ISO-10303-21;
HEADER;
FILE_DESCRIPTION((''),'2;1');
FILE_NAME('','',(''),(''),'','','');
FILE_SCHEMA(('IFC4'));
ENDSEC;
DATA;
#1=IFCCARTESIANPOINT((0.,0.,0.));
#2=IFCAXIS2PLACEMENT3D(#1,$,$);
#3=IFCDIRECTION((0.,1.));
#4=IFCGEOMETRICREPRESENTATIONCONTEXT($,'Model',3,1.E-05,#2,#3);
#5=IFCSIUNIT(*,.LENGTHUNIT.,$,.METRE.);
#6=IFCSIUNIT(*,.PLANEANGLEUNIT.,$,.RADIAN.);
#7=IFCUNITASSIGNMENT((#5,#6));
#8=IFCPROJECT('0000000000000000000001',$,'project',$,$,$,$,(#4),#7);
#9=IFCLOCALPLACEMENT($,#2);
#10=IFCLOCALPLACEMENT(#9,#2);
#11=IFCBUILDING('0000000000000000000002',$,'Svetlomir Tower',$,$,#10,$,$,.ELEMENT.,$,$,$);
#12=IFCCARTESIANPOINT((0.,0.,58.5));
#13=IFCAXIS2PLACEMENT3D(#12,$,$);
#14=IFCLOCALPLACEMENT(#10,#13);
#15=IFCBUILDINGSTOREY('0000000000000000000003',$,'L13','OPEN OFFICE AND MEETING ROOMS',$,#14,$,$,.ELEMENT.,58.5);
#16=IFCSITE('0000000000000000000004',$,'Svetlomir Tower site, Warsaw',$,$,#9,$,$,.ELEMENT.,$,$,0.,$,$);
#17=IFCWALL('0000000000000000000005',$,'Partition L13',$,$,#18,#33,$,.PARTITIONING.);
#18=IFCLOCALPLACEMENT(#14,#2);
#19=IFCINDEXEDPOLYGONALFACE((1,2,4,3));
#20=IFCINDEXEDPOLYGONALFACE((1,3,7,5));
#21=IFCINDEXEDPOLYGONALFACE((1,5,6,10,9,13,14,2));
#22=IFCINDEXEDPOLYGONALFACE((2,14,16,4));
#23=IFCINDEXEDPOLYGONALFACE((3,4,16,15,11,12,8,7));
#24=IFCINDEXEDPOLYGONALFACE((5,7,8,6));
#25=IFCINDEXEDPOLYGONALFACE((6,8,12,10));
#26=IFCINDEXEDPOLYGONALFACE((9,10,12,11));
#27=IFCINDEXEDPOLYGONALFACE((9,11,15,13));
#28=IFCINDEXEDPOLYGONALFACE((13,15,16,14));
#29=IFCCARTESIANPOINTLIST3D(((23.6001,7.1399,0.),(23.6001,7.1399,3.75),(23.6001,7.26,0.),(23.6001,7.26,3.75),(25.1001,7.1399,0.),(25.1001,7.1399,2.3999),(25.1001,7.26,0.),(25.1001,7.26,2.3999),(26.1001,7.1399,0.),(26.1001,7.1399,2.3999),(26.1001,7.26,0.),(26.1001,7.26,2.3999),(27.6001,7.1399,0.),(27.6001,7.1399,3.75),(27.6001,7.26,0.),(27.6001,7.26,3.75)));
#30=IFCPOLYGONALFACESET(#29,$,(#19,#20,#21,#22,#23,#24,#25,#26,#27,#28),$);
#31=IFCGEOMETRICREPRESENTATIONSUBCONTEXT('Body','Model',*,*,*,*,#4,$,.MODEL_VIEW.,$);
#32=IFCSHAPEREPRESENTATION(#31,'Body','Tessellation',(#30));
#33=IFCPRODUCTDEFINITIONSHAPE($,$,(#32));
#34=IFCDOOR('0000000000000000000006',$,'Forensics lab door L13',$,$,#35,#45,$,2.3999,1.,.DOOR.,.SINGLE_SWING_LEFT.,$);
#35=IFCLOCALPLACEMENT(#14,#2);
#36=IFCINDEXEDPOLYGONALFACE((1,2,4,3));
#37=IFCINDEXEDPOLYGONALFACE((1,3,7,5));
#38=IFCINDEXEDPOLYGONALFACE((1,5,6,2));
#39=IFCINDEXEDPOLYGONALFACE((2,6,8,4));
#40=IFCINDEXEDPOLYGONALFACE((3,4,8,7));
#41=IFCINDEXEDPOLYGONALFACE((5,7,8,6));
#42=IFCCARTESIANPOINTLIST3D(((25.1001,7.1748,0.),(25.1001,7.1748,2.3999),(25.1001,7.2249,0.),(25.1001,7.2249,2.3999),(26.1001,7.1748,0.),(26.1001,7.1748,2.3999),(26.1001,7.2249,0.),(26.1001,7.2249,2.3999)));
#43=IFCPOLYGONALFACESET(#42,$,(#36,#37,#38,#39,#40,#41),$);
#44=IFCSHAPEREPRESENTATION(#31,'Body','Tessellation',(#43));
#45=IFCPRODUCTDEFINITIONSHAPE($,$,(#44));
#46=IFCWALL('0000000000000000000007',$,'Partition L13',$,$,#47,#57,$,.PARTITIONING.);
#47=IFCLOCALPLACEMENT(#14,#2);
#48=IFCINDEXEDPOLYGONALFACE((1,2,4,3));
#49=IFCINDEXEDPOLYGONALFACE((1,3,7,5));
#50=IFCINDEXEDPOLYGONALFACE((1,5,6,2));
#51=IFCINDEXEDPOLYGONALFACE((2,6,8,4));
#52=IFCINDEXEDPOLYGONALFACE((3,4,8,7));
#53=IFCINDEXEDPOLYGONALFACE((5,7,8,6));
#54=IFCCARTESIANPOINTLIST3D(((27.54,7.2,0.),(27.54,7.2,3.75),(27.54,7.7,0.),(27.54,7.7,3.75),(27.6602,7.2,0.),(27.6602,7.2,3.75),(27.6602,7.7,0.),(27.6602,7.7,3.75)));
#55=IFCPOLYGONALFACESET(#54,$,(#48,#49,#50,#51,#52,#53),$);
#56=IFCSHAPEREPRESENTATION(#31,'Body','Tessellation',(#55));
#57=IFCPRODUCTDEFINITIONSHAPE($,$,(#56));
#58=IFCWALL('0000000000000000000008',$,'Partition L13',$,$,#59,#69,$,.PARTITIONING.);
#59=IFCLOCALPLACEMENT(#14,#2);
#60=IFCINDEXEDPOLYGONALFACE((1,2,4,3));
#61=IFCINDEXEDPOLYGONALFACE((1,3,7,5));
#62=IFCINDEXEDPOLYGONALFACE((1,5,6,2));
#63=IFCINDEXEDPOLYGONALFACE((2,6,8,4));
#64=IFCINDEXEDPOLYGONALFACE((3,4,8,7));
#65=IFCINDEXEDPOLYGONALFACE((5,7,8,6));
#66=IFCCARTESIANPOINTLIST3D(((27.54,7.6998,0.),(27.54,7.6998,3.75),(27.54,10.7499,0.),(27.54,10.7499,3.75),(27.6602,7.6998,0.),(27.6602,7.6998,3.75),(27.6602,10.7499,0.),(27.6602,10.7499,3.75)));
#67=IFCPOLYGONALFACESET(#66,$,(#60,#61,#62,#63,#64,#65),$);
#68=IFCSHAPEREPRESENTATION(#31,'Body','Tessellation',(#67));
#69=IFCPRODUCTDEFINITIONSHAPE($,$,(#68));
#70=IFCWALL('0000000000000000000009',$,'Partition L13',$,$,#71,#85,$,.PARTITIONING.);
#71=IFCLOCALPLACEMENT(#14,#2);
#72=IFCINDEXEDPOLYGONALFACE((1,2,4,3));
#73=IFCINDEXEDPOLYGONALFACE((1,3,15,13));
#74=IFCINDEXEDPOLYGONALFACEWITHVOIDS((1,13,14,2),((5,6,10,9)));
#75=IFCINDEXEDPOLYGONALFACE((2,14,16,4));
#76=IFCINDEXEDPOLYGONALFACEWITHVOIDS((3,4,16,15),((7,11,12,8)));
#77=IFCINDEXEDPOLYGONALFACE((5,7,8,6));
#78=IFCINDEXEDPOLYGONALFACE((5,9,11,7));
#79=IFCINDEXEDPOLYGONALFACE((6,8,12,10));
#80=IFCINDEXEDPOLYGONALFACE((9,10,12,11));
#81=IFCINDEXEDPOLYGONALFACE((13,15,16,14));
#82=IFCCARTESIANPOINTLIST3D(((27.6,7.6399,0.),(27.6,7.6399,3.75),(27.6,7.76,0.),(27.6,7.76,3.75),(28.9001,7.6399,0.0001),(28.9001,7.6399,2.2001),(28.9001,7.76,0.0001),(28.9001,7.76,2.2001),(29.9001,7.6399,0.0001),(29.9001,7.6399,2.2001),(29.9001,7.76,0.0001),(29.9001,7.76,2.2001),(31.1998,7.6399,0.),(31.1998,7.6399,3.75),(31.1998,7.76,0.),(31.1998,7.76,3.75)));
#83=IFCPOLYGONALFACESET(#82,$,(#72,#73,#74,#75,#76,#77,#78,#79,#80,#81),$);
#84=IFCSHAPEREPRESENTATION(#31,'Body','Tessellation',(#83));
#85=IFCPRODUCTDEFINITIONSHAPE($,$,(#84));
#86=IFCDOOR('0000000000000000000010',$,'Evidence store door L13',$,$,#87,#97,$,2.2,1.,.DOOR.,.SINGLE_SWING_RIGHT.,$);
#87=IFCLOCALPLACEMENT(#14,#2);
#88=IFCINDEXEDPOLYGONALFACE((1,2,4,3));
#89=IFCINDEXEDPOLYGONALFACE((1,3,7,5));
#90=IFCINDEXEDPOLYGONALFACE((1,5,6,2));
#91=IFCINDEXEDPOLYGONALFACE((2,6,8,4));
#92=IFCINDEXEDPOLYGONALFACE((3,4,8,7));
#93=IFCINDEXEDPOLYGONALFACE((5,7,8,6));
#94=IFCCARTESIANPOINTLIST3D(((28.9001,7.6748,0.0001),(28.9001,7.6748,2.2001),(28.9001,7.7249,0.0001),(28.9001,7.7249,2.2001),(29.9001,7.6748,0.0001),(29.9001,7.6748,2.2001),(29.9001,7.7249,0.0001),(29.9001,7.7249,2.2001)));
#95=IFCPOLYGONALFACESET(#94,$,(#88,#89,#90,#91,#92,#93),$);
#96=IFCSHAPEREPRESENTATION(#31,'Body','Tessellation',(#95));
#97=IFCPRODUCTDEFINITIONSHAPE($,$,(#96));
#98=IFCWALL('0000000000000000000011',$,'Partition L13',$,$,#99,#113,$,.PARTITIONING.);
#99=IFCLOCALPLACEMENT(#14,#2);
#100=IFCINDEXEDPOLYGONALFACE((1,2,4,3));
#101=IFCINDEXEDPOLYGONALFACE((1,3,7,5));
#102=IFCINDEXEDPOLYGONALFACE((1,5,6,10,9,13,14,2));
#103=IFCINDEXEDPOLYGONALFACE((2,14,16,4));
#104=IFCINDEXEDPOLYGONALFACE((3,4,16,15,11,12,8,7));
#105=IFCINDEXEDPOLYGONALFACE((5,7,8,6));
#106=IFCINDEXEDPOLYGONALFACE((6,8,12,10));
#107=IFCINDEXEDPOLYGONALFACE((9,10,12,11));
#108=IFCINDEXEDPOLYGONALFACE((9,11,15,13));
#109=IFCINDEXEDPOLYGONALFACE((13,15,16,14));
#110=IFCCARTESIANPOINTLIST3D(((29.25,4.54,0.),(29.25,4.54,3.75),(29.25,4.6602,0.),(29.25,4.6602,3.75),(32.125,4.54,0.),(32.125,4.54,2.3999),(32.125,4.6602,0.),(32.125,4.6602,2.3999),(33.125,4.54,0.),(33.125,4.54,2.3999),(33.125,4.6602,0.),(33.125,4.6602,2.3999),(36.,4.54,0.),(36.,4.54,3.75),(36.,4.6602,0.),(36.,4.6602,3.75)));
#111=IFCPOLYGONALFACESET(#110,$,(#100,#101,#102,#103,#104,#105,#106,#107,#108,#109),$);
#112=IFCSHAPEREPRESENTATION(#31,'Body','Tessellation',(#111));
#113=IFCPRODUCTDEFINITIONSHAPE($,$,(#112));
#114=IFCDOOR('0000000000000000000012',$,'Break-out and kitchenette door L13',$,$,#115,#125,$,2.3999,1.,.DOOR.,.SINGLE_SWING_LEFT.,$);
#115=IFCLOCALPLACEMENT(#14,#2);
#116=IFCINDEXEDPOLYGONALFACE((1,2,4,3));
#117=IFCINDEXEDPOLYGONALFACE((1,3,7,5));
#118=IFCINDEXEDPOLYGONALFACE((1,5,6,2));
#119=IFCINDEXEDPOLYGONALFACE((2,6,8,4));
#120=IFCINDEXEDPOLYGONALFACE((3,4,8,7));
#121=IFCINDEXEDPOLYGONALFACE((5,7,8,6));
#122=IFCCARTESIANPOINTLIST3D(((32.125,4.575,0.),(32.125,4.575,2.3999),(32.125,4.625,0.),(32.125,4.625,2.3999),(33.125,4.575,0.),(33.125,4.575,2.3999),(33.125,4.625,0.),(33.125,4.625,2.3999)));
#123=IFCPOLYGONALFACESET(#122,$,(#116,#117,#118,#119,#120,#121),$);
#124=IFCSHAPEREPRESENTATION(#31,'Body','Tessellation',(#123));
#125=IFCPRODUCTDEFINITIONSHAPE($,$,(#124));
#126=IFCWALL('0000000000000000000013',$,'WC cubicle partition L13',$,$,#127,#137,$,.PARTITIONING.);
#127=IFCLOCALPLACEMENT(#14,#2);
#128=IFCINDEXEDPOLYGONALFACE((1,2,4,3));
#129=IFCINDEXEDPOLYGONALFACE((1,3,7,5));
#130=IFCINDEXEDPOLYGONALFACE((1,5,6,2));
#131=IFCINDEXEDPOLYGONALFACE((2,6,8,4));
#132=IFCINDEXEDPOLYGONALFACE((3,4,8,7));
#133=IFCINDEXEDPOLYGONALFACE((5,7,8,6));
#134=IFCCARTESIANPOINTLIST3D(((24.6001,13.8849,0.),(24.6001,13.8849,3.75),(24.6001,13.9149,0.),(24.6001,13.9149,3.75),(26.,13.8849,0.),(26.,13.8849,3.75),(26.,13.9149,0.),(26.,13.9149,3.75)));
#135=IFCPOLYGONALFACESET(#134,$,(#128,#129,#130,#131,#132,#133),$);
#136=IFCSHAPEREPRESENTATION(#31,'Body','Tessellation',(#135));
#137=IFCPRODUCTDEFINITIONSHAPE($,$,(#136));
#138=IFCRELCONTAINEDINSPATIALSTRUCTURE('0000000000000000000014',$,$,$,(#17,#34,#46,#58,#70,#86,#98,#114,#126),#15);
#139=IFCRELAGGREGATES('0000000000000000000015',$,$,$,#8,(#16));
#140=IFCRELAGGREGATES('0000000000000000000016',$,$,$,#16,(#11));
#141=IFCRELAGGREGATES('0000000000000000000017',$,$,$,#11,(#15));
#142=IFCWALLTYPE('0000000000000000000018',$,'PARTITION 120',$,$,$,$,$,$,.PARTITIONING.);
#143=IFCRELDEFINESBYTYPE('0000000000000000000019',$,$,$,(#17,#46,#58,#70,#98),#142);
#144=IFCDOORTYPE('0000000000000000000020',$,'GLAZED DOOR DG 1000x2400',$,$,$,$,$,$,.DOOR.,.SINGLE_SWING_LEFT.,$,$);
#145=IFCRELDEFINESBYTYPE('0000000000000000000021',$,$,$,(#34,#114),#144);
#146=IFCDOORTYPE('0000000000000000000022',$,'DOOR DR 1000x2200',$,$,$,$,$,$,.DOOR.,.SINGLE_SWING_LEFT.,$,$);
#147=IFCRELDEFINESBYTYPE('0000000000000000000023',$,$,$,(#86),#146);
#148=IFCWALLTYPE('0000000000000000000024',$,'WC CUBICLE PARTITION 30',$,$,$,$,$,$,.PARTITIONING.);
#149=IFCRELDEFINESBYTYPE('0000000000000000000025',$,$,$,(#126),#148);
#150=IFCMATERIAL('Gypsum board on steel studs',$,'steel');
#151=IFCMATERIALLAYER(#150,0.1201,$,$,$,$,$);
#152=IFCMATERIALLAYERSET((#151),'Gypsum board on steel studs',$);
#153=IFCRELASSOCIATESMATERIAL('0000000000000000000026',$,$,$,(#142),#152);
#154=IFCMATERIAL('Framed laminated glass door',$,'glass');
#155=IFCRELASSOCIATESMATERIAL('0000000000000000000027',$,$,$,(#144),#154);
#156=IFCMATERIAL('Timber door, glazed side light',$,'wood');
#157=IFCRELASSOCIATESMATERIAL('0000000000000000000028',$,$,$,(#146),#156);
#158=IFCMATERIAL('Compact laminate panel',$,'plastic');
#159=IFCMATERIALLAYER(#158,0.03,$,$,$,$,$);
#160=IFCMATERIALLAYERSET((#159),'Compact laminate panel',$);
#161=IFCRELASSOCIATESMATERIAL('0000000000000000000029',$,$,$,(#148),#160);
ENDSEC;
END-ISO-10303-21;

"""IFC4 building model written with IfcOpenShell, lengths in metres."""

from ifc_helpers import new_model, si_unit, direction, frame, frame_2d, origin, place, context, subcontext, project, spatial, rectangle, extrude, material, layer, layer_set, type_object, element, fill, save


model = new_model("IFC4")

# Units and contexts
model_context = context("Model", 3, precision=1e-05, world=origin(), true_north=direction((0.0, 1.0)))
body_context = subcontext(model_context, "Body", "Model", "MODEL_VIEW")
ifc_project = project(units=[si_unit("LENGTHUNIT", "METRE"), si_unit("PLANEANGLEUNIT", "RADIAN")], contexts=[model_context])

# Site, building, storey
site_placement = place(None, origin())
site = spatial("IfcSite", under=ifc_project, at=site_placement, Name="Svetlomir Tower site, Warsaw", CompositionType="ELEMENT", RefElevation=0.0)
building_placement = place(site_placement, origin())
building = spatial("IfcBuilding", under=site, at=building_placement, Name="Svetlomir Tower", CompositionType="ELEMENT")
storey_placement = place(building_placement, frame((0.0, 0.0, 58.5)))
storey = spatial("IfcBuildingStorey", under=building, at=storey_placement, Name="L13", Description="OPEN OFFICE AND MEETING ROOMS", CompositionType="ELEMENT", Elevation=58.5)

# Shared definitions
ifc_material_1 = material(Name="Gypsum board on steel studs", Category="steel")
ifc_layer_1 = layer(ifc_material_1, 0.1201)
ifc_layer_set_1 = layer_set([ifc_layer_1], Name="Gypsum board on steel studs")
wall_type_1 = type_object("IfcWallType", Name="PARTITION 120", PredefinedType="PARTITIONING", material=ifc_layer_set_1)

# Wall, opening, door
wall_1_placement = place(storey_placement, frame((23.6001, 7.2, 0.0), z_axis=(0.0, 0.0, 1.0), x_axis=(1.0, 0.0, 0.0)))
wall_1 = element("IfcWall", 1, at=wall_1_placement, inside=storey, type_object=wall_type_1, Name="Partition L13", PredefinedType="PARTITIONING", context=body_context, shape_type="SweptSolid", body=[
    extrude(rectangle(XDim=4.0, YDim=0.1201, at=frame_2d((2.0, 0.0))), origin(), (0.0, 0.0, 1.0), 3.75),
])
opening_1_placement = place(wall_1_placement, frame((1.5, 0.0, 0.0)))
opening_1 = element("IfcOpeningElement", 2, at=opening_1_placement, cuts=wall_1, PredefinedType="OPENING", context=body_context, shape_type="SweptSolid", body=[
    extrude(rectangle(XDim=1.0, YDim=2.3999, at=frame_2d((0.5, 1.2))), frame((0.0, 0.0701, 0.0), z_axis=(0.0, -1.0, 0.0), x_axis=(1.0, 0.0, 0.0)), (0.0, 0.0, 1.0), 0.1401),
])
ifc_material_2 = material(Name="Framed laminated glass door", Category="glass")
door_type_1 = type_object("IfcDoorType", Name="GLAZED DOOR DG 1000x2400", OperationType="SINGLE_SWING_LEFT", PredefinedType="DOOR", material=ifc_material_2)
door_1_placement = place(opening_1_placement, origin())
door_1 = element("IfcDoor", 3, at=door_1_placement, inside=storey, type_object=door_type_1, Name="Forensics lab door L13", OperationType="SINGLE_SWING_LEFT", OverallHeight=2.3999, OverallWidth=1.0, PredefinedType="DOOR", context=body_context, shape_type="SweptSolid", body=[
    extrude(rectangle(XDim=1.0, YDim=2.3999, at=frame_2d((0.5, 1.2))), frame((0.0, 0.0249, 0.0), z_axis=(0.0, -1.0, 0.0), x_axis=(1.0, 0.0, 0.0)), (0.0, 0.0, 1.0), 0.05),
])
fill(opening_1, door_1)

# Walls
wall_2_placement = place(storey_placement, frame((27.6001, 7.2, 0.0), z_axis=(0.0, 0.0, 1.0), x_axis=(0.0, 1.0, 0.0)))
element("IfcWall", 4, at=wall_2_placement, inside=storey, type_object=wall_type_1, Name="Partition L13", PredefinedType="PARTITIONING", context=body_context, shape_type="SweptSolid", body=[
    extrude(rectangle(XDim=0.5, YDim=0.1201, at=frame_2d((0.25, 0.0))), origin(), (0.0, 0.0, 1.0), 3.75),
])
wall_3_placement = place(storey_placement, frame((27.6001, 7.7, 0.0), z_axis=(0.0, 0.0, 1.0), x_axis=(0.0, 1.0, 0.0)))
element("IfcWall", 5, at=wall_3_placement, inside=storey, type_object=wall_type_1, Name="Partition L13", PredefinedType="PARTITIONING", context=body_context, shape_type="SweptSolid", body=[
    extrude(rectangle(XDim=3.05, YDim=0.1201, at=frame_2d((1.5249, 0.0))), origin(), (0.0, 0.0, 1.0), 3.75),
])

# Walls, openings, doors
wall_4_placement = place(storey_placement, frame((27.6001, 7.7, 0.0), z_axis=(0.0, 0.0, 1.0), x_axis=(1.0, 0.0, 0.0)))
wall_4 = element("IfcWall", 6, at=wall_4_placement, inside=storey, type_object=wall_type_1, Name="Partition L13", PredefinedType="PARTITIONING", context=body_context, shape_type="SweptSolid", body=[
    extrude(rectangle(XDim=3.5999, YDim=0.1201, at=frame_2d((1.7998, 0.0))), origin(), (0.0, 0.0, 1.0), 3.75),
])
opening_2_placement = place(wall_4_placement, frame((1.3, 0.0, 0.0)))
opening_2 = element("IfcOpeningElement", 7, at=opening_2_placement, cuts=wall_4, PredefinedType="OPENING", context=body_context, shape_type="SweptSolid", body=[
    extrude(rectangle(XDim=1.0, YDim=2.2, at=frame_2d((0.5, 1.1001))), frame((0.0, 0.0701, 0.0), z_axis=(0.0, -1.0, 0.0), x_axis=(1.0, 0.0, 0.0)), (0.0, 0.0, 1.0), 0.1401),
])
ifc_material_3 = material(Name="Timber door, glazed side light", Category="wood")
door_type_2 = type_object("IfcDoorType", Name="DOOR DR 1000x2200", OperationType="SINGLE_SWING_LEFT", PredefinedType="DOOR", material=ifc_material_3)
door_2_placement = place(opening_2_placement, origin())
door_2 = element("IfcDoor", 8, at=door_2_placement, inside=storey, type_object=door_type_2, Name="Evidence store door L13", OperationType="SINGLE_SWING_RIGHT", OverallHeight=2.2, OverallWidth=1.0, PredefinedType="DOOR", context=body_context, shape_type="SweptSolid", body=[
    extrude(rectangle(XDim=1.0, YDim=2.2, at=frame_2d((0.5, 1.1001))), frame((0.0, 0.0249, 0.0), z_axis=(0.0, -1.0, 0.0), x_axis=(1.0, 0.0, 0.0)), (0.0, 0.0, 1.0), 0.05),
])
fill(opening_2, door_2)
wall_5_placement = place(storey_placement, frame((29.25, 4.6001, 0.0), z_axis=(0.0, 0.0, 1.0), x_axis=(1.0, 0.0, 0.0)))
wall_5 = element("IfcWall", 9, at=wall_5_placement, inside=storey, type_object=wall_type_1, Name="Partition L13", PredefinedType="PARTITIONING", context=body_context, shape_type="SweptSolid", body=[
    extrude(rectangle(XDim=6.75, YDim=0.1201, at=frame_2d((3.375, 0.0))), origin(), (0.0, 0.0, 1.0), 3.75),
])
opening_3_placement = place(wall_5_placement, frame((2.875, 0.0, 0.0)))
opening_3 = element("IfcOpeningElement", 10, at=opening_3_placement, cuts=wall_5, PredefinedType="OPENING", context=body_context, shape_type="SweptSolid", body=[
    extrude(rectangle(XDim=1.0, YDim=2.3999, at=frame_2d((0.5, 1.2))), frame((0.0, 0.0701, 0.0), z_axis=(0.0, -1.0, 0.0), x_axis=(1.0, 0.0, 0.0)), (0.0, 0.0, 1.0), 0.1401),
])
door_3_placement = place(opening_3_placement, origin())
door_3 = element("IfcDoor", 11, at=door_3_placement, inside=storey, type_object=door_type_1, Name="Break-out and kitchenette door L13", OperationType="SINGLE_SWING_LEFT", OverallHeight=2.3999, OverallWidth=1.0, PredefinedType="DOOR", context=body_context, shape_type="SweptSolid", body=[
    extrude(rectangle(XDim=1.0, YDim=2.3999, at=frame_2d((0.5, 1.2))), frame((0.0, 0.0249, 0.0), z_axis=(0.0, -1.0, 0.0), x_axis=(1.0, 0.0, 0.0)), (0.0, 0.0, 1.0), 0.05),
])
fill(opening_3, door_3)

# Wall
ifc_material_4 = material(Name="Compact laminate panel", Category="plastic")
ifc_layer_2 = layer(ifc_material_4, 0.03)
ifc_layer_set_2 = layer_set([ifc_layer_2], Name="Compact laminate panel")
wall_type_2 = type_object("IfcWallType", Name="WC CUBICLE PARTITION 30", PredefinedType="PARTITIONING", material=ifc_layer_set_2)
wall_6_placement = place(storey_placement, frame((24.6001, 13.8999, 0.0), z_axis=(0.0, 0.0, 1.0), x_axis=(1.0, 0.0, 0.0)))
element("IfcWall", 12, at=wall_6_placement, inside=storey, type_object=wall_type_2, Name="WC cubicle partition L13", PredefinedType="PARTITIONING", context=body_context, shape_type="SweptSolid", body=[
    extrude(rectangle(XDim=1.3999, YDim=0.03, at=frame_2d((0.7, 0.0))), origin(), (0.0, 0.0, 1.0), 3.75),
])

save(model, "model.ifc")
